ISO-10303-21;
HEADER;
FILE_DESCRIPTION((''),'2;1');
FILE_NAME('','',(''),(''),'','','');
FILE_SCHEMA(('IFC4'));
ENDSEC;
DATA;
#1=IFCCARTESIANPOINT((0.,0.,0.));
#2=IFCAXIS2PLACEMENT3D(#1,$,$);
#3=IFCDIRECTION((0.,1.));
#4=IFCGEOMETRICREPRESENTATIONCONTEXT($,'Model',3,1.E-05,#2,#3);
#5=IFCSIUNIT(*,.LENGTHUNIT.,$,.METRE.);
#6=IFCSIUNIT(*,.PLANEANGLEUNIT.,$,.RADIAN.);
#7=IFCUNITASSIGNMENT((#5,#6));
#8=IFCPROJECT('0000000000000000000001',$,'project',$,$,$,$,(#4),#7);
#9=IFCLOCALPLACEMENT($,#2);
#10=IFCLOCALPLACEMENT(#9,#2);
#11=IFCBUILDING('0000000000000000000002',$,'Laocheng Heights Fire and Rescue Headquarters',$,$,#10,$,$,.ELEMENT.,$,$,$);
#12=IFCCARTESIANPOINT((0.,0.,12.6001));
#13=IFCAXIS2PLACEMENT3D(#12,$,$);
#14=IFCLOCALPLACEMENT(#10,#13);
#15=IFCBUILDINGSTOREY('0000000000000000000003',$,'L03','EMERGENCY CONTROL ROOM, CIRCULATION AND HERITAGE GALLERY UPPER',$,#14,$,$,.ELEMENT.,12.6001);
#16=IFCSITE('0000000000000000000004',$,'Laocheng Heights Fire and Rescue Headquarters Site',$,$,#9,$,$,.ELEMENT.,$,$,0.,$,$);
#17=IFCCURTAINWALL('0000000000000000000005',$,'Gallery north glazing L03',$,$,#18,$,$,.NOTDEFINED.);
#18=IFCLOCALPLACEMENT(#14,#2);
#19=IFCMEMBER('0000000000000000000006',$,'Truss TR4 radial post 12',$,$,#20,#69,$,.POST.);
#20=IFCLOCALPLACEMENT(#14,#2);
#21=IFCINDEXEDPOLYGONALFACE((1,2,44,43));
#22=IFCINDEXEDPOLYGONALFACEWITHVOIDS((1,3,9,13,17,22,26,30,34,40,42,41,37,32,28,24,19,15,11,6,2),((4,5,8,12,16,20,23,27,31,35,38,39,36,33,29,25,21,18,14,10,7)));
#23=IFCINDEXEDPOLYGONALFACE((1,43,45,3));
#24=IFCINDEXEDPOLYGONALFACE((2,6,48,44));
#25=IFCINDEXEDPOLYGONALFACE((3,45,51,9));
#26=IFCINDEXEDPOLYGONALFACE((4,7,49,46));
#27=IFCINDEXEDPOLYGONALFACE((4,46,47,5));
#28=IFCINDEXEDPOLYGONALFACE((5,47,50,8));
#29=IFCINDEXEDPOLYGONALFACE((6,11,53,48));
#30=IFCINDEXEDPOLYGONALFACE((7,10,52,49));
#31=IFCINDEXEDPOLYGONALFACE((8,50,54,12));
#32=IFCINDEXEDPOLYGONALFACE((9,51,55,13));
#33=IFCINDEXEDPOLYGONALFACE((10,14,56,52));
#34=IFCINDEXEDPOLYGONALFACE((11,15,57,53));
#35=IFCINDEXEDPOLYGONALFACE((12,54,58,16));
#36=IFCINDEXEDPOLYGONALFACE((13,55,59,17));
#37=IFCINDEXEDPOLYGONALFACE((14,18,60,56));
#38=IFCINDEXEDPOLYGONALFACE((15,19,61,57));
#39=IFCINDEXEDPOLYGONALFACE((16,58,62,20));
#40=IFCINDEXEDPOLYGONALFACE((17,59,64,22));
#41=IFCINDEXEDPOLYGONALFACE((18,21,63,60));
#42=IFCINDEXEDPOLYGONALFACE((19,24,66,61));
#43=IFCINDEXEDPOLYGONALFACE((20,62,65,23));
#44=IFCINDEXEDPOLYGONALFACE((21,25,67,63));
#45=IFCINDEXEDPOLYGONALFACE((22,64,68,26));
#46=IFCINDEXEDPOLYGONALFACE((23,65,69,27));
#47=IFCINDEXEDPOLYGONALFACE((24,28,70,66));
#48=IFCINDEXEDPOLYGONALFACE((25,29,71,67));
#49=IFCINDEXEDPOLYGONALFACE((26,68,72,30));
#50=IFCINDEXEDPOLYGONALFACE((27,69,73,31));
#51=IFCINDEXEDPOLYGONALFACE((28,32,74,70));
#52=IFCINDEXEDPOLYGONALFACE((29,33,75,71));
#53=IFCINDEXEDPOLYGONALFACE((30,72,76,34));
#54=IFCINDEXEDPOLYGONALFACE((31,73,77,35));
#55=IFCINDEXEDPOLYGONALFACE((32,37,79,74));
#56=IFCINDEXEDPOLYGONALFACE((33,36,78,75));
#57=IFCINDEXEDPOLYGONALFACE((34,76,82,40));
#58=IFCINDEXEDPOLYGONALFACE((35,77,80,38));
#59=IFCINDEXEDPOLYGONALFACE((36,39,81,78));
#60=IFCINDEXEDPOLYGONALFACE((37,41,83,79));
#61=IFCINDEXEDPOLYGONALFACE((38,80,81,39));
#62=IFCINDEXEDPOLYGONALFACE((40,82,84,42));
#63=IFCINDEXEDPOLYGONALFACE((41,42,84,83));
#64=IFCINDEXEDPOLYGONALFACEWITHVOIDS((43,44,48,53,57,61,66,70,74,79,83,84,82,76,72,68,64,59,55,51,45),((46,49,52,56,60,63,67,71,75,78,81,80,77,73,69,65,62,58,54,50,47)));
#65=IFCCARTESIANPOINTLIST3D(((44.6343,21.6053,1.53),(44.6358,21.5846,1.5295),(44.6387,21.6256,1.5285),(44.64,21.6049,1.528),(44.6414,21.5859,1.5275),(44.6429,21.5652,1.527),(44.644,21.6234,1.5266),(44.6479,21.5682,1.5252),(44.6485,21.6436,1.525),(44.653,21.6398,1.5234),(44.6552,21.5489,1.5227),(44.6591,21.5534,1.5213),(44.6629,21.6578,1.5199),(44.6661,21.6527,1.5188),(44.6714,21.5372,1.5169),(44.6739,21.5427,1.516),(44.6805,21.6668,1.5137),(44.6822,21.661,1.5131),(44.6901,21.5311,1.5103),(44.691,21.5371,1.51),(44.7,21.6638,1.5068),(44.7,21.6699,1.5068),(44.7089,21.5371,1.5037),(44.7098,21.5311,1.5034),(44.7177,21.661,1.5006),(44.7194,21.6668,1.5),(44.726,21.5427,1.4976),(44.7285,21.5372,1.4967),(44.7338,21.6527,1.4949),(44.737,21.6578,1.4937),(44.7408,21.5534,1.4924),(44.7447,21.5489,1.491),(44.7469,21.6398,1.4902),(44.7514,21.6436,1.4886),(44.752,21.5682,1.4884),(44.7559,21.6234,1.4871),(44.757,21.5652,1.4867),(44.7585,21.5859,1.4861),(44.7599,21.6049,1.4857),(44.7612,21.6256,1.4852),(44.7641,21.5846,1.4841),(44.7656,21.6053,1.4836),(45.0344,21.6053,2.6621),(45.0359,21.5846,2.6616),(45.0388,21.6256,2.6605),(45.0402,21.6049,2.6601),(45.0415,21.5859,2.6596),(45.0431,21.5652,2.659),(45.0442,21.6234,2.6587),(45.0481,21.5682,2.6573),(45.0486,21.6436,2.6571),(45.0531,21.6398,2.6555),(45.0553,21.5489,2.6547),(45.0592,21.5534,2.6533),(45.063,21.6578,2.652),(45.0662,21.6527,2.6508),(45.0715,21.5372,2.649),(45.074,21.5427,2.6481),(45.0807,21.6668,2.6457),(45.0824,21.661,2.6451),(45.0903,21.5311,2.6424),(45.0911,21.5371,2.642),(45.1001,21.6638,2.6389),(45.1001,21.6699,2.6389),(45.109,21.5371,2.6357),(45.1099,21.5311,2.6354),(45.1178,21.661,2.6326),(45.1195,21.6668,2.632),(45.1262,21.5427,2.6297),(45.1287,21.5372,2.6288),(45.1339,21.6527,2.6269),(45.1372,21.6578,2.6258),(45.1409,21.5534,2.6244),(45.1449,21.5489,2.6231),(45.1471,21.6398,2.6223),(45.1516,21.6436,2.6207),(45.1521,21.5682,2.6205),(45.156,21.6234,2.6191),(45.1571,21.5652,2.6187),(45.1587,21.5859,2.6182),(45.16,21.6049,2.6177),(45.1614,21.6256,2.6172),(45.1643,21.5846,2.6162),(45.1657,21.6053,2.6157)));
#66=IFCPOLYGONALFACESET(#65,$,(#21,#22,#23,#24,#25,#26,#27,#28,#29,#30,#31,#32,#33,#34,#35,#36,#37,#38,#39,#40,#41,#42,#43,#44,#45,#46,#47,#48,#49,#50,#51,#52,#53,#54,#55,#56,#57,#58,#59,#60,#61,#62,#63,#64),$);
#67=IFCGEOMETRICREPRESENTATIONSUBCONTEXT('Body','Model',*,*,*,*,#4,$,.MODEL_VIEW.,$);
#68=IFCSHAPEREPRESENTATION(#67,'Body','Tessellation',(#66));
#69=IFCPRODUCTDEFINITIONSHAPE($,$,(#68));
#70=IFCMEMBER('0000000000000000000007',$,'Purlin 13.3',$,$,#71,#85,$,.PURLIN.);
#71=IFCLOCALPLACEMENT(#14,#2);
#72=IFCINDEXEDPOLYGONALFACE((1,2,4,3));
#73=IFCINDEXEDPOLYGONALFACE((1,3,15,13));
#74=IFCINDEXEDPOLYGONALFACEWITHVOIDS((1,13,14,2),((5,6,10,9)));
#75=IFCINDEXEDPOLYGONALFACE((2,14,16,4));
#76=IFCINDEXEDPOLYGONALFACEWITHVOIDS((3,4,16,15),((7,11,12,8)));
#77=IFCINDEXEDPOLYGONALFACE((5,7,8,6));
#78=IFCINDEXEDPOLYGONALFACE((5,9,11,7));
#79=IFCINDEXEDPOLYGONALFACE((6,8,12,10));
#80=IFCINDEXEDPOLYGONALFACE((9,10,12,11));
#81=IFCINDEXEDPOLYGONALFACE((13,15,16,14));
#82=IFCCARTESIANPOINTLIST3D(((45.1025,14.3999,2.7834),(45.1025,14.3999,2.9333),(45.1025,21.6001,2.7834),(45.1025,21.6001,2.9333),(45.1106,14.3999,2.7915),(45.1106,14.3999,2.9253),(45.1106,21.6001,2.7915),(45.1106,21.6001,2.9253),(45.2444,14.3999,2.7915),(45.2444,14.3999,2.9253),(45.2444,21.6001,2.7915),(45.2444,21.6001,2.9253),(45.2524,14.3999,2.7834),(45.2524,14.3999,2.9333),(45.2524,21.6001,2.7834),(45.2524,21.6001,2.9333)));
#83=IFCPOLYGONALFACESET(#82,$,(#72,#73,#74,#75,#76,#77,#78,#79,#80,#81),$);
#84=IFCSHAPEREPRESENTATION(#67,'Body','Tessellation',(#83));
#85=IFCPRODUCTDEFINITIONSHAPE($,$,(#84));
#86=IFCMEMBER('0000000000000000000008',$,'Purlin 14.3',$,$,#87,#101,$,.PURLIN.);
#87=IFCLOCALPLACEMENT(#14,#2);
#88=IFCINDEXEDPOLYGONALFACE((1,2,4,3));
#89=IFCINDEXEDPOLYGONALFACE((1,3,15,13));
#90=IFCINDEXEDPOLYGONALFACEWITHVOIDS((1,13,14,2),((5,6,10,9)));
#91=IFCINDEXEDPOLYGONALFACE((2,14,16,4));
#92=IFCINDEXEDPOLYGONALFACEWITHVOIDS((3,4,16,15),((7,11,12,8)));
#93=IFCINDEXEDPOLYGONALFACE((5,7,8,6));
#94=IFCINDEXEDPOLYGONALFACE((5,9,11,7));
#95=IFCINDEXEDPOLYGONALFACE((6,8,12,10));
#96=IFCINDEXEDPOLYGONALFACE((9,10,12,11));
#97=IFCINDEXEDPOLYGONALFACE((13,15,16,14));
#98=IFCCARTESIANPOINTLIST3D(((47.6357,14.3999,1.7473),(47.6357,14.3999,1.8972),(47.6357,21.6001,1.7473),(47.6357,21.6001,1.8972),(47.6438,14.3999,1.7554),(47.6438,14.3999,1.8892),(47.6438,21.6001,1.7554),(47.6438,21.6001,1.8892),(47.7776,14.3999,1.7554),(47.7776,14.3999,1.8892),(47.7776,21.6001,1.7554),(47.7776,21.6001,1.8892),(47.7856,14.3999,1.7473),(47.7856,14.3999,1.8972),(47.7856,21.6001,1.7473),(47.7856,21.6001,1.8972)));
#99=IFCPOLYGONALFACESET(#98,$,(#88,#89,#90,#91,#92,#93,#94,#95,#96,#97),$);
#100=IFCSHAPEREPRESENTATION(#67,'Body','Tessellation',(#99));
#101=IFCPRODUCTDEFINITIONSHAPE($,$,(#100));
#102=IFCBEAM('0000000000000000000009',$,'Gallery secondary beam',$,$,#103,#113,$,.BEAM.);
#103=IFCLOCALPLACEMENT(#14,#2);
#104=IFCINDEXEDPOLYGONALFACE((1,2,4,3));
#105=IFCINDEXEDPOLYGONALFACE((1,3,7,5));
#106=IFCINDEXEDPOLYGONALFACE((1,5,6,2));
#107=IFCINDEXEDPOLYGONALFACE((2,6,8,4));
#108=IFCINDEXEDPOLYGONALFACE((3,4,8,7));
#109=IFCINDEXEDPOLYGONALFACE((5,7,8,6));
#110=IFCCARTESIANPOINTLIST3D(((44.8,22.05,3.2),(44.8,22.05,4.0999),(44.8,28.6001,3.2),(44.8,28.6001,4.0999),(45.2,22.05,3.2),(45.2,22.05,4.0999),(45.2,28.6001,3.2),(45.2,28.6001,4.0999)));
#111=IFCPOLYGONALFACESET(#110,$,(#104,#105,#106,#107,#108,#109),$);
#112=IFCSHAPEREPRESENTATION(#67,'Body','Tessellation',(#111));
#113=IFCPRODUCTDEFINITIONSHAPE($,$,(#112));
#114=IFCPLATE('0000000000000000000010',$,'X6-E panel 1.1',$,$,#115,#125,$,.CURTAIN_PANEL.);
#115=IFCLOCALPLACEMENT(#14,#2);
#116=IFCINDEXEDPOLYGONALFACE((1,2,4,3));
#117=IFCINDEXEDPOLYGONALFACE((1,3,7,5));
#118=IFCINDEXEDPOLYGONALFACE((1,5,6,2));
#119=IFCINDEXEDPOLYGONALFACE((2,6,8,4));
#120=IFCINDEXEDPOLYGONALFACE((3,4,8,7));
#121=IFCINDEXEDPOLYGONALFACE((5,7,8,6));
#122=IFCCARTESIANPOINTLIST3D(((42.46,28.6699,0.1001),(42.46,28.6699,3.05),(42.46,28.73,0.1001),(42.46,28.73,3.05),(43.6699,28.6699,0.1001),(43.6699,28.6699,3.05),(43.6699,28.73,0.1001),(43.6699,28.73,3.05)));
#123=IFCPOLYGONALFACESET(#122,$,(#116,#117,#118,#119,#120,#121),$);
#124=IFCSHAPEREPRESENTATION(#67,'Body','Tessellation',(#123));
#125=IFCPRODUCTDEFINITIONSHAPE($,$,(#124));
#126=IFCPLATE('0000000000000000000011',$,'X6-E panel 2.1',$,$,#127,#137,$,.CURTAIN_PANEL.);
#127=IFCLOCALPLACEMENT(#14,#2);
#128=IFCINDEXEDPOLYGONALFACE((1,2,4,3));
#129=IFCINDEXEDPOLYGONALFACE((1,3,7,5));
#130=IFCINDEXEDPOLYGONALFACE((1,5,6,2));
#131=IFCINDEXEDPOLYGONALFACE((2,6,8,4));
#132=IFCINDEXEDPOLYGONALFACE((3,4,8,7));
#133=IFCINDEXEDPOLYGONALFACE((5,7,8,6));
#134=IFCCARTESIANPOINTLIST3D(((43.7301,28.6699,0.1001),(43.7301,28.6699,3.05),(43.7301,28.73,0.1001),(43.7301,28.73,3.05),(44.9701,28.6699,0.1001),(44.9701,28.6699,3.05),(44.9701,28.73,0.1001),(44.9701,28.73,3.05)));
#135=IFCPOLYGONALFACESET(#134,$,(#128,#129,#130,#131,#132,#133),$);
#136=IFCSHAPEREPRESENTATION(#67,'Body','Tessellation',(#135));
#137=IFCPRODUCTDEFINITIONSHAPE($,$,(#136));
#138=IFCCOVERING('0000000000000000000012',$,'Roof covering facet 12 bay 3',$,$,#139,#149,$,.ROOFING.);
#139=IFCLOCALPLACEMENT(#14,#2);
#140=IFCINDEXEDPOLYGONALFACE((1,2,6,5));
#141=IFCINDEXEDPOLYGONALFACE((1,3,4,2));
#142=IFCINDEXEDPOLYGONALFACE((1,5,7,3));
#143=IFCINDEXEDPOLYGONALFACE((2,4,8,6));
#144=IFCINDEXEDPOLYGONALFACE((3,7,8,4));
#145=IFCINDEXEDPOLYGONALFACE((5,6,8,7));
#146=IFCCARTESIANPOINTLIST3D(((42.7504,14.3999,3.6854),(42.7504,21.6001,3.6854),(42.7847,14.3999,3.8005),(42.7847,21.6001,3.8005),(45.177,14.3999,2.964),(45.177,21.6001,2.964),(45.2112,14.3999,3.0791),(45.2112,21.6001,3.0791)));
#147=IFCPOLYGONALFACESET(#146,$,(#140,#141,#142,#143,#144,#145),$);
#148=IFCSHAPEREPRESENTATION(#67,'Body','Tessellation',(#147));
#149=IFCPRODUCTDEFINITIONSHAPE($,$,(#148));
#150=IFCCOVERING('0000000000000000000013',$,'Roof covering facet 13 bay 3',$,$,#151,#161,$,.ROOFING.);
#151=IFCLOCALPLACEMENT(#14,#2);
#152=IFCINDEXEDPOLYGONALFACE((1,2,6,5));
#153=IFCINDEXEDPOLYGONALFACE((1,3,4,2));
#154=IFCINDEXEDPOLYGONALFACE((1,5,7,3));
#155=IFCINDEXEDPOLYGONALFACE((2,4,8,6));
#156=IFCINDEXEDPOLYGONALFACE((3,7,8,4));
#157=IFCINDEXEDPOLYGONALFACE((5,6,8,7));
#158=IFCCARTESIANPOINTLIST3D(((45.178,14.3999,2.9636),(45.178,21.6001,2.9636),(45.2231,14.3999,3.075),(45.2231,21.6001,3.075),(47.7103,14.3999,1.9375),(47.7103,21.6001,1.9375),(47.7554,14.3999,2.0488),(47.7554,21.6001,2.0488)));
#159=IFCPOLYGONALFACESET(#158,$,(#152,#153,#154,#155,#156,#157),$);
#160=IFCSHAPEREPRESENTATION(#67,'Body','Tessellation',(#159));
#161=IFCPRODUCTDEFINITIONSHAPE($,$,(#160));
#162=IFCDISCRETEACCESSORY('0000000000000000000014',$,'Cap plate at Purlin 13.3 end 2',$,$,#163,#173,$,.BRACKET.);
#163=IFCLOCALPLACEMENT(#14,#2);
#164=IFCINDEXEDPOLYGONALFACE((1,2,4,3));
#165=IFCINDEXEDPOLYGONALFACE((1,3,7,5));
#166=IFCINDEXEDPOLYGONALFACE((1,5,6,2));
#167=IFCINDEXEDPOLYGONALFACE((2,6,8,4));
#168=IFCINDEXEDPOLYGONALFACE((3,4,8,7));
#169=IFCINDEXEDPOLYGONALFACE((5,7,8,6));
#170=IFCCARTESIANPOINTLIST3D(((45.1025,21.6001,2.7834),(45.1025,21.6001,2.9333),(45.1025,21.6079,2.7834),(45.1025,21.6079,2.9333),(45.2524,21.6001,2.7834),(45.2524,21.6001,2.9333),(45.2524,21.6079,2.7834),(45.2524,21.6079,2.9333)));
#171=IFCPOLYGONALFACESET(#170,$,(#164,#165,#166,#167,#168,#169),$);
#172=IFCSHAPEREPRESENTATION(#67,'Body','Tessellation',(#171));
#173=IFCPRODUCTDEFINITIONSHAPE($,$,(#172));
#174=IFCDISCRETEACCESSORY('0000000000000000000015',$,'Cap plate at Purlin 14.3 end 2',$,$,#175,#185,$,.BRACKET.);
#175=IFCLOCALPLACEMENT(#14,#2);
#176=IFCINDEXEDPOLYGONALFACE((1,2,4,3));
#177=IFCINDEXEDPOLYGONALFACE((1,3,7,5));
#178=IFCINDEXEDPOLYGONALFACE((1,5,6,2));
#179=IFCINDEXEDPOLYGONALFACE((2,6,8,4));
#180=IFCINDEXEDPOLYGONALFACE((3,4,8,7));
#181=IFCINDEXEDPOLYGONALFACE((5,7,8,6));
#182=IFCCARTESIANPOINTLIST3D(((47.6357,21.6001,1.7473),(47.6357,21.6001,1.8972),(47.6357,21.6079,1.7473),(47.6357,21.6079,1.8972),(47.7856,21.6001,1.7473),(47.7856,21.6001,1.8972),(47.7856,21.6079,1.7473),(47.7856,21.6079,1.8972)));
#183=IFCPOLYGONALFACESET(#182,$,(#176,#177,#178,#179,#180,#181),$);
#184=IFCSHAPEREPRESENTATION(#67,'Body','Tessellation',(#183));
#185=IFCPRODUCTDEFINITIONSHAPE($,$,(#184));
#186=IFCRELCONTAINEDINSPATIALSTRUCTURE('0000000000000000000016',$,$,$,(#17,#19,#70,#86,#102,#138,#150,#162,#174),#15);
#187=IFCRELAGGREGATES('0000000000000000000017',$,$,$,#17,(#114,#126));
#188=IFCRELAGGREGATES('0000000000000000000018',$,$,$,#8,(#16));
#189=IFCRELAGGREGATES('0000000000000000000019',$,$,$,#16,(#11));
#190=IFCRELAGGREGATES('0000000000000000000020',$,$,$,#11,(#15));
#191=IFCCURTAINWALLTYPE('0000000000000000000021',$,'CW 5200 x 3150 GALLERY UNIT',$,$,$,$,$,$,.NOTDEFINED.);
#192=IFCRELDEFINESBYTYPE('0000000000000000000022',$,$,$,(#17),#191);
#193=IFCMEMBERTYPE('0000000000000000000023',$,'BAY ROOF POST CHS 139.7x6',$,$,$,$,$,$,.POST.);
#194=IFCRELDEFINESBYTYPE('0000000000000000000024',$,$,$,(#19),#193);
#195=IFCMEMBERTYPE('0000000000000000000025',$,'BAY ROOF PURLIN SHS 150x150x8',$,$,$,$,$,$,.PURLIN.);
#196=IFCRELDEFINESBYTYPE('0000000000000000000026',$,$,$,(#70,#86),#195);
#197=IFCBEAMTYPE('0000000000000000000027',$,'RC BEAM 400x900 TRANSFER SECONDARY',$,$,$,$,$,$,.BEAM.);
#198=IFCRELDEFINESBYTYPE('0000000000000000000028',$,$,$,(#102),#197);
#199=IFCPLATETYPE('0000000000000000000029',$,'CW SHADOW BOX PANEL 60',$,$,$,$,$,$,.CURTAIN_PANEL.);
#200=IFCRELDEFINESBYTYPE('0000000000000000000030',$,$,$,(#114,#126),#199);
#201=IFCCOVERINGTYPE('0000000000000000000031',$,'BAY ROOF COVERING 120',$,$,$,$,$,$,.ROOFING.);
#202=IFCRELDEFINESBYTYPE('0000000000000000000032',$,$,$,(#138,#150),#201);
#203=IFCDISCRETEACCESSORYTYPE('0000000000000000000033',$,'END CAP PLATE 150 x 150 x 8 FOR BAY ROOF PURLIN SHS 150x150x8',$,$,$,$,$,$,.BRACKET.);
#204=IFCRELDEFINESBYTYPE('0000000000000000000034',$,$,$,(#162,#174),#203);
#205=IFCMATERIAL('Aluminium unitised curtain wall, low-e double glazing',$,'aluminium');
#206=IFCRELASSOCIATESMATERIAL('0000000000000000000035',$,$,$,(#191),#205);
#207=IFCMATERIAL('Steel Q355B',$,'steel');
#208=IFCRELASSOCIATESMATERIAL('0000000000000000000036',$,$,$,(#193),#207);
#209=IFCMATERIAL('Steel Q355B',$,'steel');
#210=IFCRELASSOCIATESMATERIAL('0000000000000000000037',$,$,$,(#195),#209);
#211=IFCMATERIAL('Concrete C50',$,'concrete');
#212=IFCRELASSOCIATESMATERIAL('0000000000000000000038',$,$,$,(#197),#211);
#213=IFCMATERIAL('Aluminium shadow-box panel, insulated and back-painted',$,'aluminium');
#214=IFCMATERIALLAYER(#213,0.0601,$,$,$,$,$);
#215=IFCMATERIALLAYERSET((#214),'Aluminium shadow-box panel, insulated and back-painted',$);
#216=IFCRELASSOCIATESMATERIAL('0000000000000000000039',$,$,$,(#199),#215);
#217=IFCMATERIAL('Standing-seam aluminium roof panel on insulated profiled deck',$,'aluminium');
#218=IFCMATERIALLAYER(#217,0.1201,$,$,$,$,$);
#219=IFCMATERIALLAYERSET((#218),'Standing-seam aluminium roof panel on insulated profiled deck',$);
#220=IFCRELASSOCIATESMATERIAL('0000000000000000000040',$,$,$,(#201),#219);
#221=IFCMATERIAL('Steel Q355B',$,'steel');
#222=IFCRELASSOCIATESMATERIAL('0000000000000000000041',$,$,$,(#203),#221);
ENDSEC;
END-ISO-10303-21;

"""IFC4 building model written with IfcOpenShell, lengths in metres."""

from ifc_helpers import new_model, si_unit, direction, frame, origin, origin_2d, place, context, subcontext, project, spatial, polyline, rectangle, hollow_rectangle, hollow_circle, outline, extrude, material, layer, layer_set, material_profile, profile_set, type_object, element, aggregate, save


model = new_model("IFC4")

# Units and contexts
model_context = context("Model", 3, precision=1e-05, world=origin(), true_north=direction((0.0, 1.0)))
body_context = subcontext(model_context, "Body", "Model", "MODEL_VIEW")
ifc_project = project(units=[si_unit("LENGTHUNIT", "METRE"), si_unit("PLANEANGLEUNIT", "RADIAN")], contexts=[model_context])

# Site, building, storey
site_placement = place(None, origin())
site = spatial("IfcSite", under=ifc_project, at=site_placement, Name="Laocheng Heights Fire and Rescue Headquarters Site", CompositionType="ELEMENT", RefElevation=0.0)
building_placement = place(site_placement, origin())
building = spatial("IfcBuilding", under=site, at=building_placement, Name="Laocheng Heights Fire and Rescue Headquarters", CompositionType="ELEMENT")
storey_placement = place(building_placement, frame((0.0, 0.0, 12.6001)))
storey = spatial("IfcBuildingStorey", under=building, at=storey_placement, Name="L03", Description="EMERGENCY CONTROL ROOM, CIRCULATION AND HERITAGE GALLERY UPPER", CompositionType="ELEMENT", Elevation=12.6001)

# Curtain wall
ifc_material_1 = material(Name="Aluminium unitised curtain wall, low-e double glazing", Category="aluminium")
curtain_wall_type = type_object("IfcCurtainWallType", Name="CW 5200 x 3150 GALLERY UNIT", PredefinedType="NOTDEFINED", material=ifc_material_1)
curtain_wall_placement = place(storey_placement, origin())
curtain_wall = element("IfcCurtainWall", 1, at=curtain_wall_placement, inside=storey, type_object=curtain_wall_type, Name="Gallery north glazing L03", PredefinedType="NOTDEFINED")

# Members
ifc_material_2 = material(Name="Steel Q355B", Category="steel")
ifc_material_profile_1 = material_profile(ifc_material_2, hollow_circle(Radius=0.0698, WallThickness=0.0061, at=origin_2d()), Name="CHS 139.7x6")
ifc_profile_set_1 = profile_set([ifc_material_profile_1], Name="Steel Q355B")
member_type_1 = type_object("IfcMemberType", Name="BAY ROOF POST CHS 139.7x6", PredefinedType="POST", material=ifc_profile_set_1)
for number, where, z_axis, x_axis, name in (
    (2, (44.7, 21.6001, 1.5068), (0.333256, 0.0, 0.942836), (0.0, 1.0, 0.0), "Truss TR4 radial post 12"),
):
    element("IfcMember", number, at=place(storey_placement, frame(where, z_axis=z_axis, x_axis=x_axis)), inside=storey, type_object=member_type_1, Name=name, PredefinedType="POST", context=body_context, shape_type="SweptSolid", body=[
        extrude(hollow_circle(Radius=0.0698, WallThickness=0.0061, at=origin_2d()), origin(), (0.0, 0.0, 1.0), 1.2007),
    ])
ifc_material_3 = material(Name="Steel Q355B", Category="steel")
ifc_material_profile_2 = material_profile(ifc_material_3, hollow_rectangle(XDim=0.1499, YDim=0.1499, WallThickness=0.0081, at=origin_2d()), Name="SHS 150x150x8")
ifc_profile_set_2 = profile_set([ifc_material_profile_2], Name="Steel Q355B")
member_type_2 = type_object("IfcMemberType", Name="BAY ROOF PURLIN SHS 150x150x8", PredefinedType="PURLIN", material=ifc_profile_set_2)
for number, where, z_axis, x_axis, name in (
    (3, (45.1775, 14.3999, 2.8584), (0.0, 1.0, 0.0), (-1.0, 0.0, 0.0), "Purlin 13.3"),
    (4, (47.7107, 14.3999, 1.8223), (0.0, 1.0, 0.0), (-1.0, 0.0, 0.0), "Purlin 14.3"),
):
    element("IfcMember", number, at=place(storey_placement, frame(where, z_axis=z_axis, x_axis=x_axis)), inside=storey, type_object=member_type_2, Name=name, PredefinedType="PURLIN", context=body_context, shape_type="SweptSolid", body=[
        extrude(hollow_rectangle(XDim=0.1499, YDim=0.1499, WallThickness=0.0081, at=origin_2d()), origin(), (0.0, 0.0, 1.0), 7.2002),
    ])

# Beam
ifc_material_4 = material(Name="Concrete C50", Category="concrete")
ifc_material_profile_3 = material_profile(ifc_material_4, rectangle(XDim=0.3999, YDim=0.8999, at=origin_2d()), Name="RC BEAM 400x900 TRANSFER SECONDARY")
ifc_profile_set_3 = profile_set([ifc_material_profile_3], Name="Concrete C50")
beam_type = type_object("IfcBeamType", Name="RC BEAM 400x900 TRANSFER SECONDARY", PredefinedType="BEAM", material=ifc_profile_set_3)
beam_placement = place(storey_placement, frame((45.0, 22.05, 3.6499), z_axis=(0.0, 1.0, 0.0), x_axis=(-1.0, 0.0, 0.0)))
element("IfcBeam", 5, at=beam_placement, inside=storey, type_object=beam_type, Name="Gallery secondary beam", PredefinedType="BEAM", context=body_context, shape_type="SweptSolid", body=[
    extrude(rectangle(XDim=0.3999, YDim=0.8999, at=origin_2d()), origin(), (0.0, 0.0, 1.0), 6.55),
])

# Plates
ifc_material_5 = material(Name="Aluminium shadow-box panel, insulated and back-painted", Category="aluminium")
ifc_layer_1 = layer(ifc_material_5, 0.0601)
ifc_layer_set_1 = layer_set([ifc_layer_1], Name="Aluminium shadow-box panel, insulated and back-painted")
plate_type = type_object("IfcPlateType", Name="CW SHADOW BOX PANEL 60", PredefinedType="CURTAIN_PANEL", material=ifc_layer_set_1)
plate_1_placement = place(storey_placement, frame((43.0649, 28.7, 0.1001), z_axis=(0.0, 0.0, 1.0), x_axis=(1.0, 0.0, 0.0)))
plate_1 = element("IfcPlate", 6, at=plate_1_placement, type_object=plate_type, Name="X6-E panel 1.1", PredefinedType="CURTAIN_PANEL", context=body_context, shape_type="SweptSolid", body=[
    extrude(rectangle(XDim=1.21, YDim=0.0601, at=origin_2d()), origin(), (0.0, 0.0, 1.0), 2.95),
])
plate_2_placement = place(storey_placement, frame((44.3501, 28.7, 0.1001), z_axis=(0.0, 0.0, 1.0), x_axis=(1.0, 0.0, 0.0)))
plate_2 = element("IfcPlate", 7, at=plate_2_placement, type_object=plate_type, Name="X6-E panel 2.1", PredefinedType="CURTAIN_PANEL", context=body_context, shape_type="SweptSolid", body=[
    extrude(rectangle(XDim=1.24, YDim=0.0601, at=origin_2d()), origin(), (0.0, 0.0, 1.0), 2.95),
])
aggregate(curtain_wall, [plate_1, plate_2])

# Coverings
ifc_material_6 = material(Name="Standing-seam aluminium roof panel on insulated profiled deck", Category="aluminium")
ifc_layer_2 = layer(ifc_material_6, 0.1201)
ifc_layer_set_2 = layer_set([ifc_layer_2], Name="Standing-seam aluminium roof panel on insulated profiled deck")
covering_type = type_object("IfcCoveringType", Name="BAY ROOF COVERING 120", PredefinedType="ROOFING", material=ifc_layer_set_2)
covering_1_placement = place(storey_placement, frame((42.7847, 14.3999, 3.8005), z_axis=(0.284985, 0.0, 0.958532), x_axis=(0.958532, 0.0, -0.284985)))
element("IfcCovering", 8, at=covering_1_placement, inside=storey, type_object=covering_type, Name="Roof covering facet 12 bay 3", PredefinedType="ROOFING", context=body_context, shape_type="SweptSolid", body=[
    extrude(outline(polyline([(0.0, 0.0), (2.5315, 0.0), (2.5315, 7.2002), (0.0, 7.2002), (0.0, 0.0)])), origin(), (0.0, 0.0, -1.0), 0.1201),
])
covering_2_placement = place(storey_placement, frame((45.2231, 14.3999, 3.075), z_axis=(0.375562, 0.0, 0.926797), x_axis=(0.926797, 0.0, -0.375562)))
element("IfcCovering", 9, at=covering_2_placement, inside=storey, type_object=covering_type, Name="Roof covering facet 13 bay 3", PredefinedType="ROOFING", context=body_context, shape_type="SweptSolid", body=[
    extrude(outline(polyline([(0.0, 0.0), (2.7322, 0.0), (2.7322, 7.2002), (0.0, 7.2002), (0.0, 0.0)])), origin(), (0.0, 0.0, -1.0), 0.1201),
])

# Discrete accessories
ifc_material_7 = material(Name="Steel Q355B", Category="steel")
ifc_material_profile_4 = material_profile(ifc_material_7, rectangle(XDim=0.1499, YDim=0.1499, at=origin_2d()), Name="END CAP PLATE 150 x 150 x 8 FOR BAY ROOF PURLIN SHS 150x150x8")
ifc_profile_set_4 = profile_set([ifc_material_profile_4], Name="Steel Q355B")
discrete_accessory_type_1 = type_object("IfcDiscreteAccessoryType", Name="END CAP PLATE 150 x 150 x 8 FOR BAY ROOF PURLIN SHS 150x150x8", PredefinedType="BRACKET", material=ifc_profile_set_4)
for number, where, z_axis, x_axis, name in (
    (10, (45.1775, 21.6001, 2.8584), (0.0, 1.0, 0.0), (-1.0, 0.0, 0.0), "Cap plate at Purlin 13.3 end 2"),
    (11, (47.7107, 21.6001, 1.8223), (0.0, 1.0, 0.0), (-1.0, 0.0, 0.0), "Cap plate at Purlin 14.3 end 2"),
):
    element("IfcDiscreteAccessory", number, at=place(storey_placement, frame(where, z_axis=z_axis, x_axis=x_axis)), inside=storey, type_object=discrete_accessory_type_1, Name=name, PredefinedType="BRACKET", context=body_context, shape_type="SweptSolid", body=[
        extrude(rectangle(XDim=0.1499, YDim=0.1499, at=origin_2d()), origin(), (0.0, 0.0, 1.0), 0.0078),
    ])

save(model, "model.ifc")
